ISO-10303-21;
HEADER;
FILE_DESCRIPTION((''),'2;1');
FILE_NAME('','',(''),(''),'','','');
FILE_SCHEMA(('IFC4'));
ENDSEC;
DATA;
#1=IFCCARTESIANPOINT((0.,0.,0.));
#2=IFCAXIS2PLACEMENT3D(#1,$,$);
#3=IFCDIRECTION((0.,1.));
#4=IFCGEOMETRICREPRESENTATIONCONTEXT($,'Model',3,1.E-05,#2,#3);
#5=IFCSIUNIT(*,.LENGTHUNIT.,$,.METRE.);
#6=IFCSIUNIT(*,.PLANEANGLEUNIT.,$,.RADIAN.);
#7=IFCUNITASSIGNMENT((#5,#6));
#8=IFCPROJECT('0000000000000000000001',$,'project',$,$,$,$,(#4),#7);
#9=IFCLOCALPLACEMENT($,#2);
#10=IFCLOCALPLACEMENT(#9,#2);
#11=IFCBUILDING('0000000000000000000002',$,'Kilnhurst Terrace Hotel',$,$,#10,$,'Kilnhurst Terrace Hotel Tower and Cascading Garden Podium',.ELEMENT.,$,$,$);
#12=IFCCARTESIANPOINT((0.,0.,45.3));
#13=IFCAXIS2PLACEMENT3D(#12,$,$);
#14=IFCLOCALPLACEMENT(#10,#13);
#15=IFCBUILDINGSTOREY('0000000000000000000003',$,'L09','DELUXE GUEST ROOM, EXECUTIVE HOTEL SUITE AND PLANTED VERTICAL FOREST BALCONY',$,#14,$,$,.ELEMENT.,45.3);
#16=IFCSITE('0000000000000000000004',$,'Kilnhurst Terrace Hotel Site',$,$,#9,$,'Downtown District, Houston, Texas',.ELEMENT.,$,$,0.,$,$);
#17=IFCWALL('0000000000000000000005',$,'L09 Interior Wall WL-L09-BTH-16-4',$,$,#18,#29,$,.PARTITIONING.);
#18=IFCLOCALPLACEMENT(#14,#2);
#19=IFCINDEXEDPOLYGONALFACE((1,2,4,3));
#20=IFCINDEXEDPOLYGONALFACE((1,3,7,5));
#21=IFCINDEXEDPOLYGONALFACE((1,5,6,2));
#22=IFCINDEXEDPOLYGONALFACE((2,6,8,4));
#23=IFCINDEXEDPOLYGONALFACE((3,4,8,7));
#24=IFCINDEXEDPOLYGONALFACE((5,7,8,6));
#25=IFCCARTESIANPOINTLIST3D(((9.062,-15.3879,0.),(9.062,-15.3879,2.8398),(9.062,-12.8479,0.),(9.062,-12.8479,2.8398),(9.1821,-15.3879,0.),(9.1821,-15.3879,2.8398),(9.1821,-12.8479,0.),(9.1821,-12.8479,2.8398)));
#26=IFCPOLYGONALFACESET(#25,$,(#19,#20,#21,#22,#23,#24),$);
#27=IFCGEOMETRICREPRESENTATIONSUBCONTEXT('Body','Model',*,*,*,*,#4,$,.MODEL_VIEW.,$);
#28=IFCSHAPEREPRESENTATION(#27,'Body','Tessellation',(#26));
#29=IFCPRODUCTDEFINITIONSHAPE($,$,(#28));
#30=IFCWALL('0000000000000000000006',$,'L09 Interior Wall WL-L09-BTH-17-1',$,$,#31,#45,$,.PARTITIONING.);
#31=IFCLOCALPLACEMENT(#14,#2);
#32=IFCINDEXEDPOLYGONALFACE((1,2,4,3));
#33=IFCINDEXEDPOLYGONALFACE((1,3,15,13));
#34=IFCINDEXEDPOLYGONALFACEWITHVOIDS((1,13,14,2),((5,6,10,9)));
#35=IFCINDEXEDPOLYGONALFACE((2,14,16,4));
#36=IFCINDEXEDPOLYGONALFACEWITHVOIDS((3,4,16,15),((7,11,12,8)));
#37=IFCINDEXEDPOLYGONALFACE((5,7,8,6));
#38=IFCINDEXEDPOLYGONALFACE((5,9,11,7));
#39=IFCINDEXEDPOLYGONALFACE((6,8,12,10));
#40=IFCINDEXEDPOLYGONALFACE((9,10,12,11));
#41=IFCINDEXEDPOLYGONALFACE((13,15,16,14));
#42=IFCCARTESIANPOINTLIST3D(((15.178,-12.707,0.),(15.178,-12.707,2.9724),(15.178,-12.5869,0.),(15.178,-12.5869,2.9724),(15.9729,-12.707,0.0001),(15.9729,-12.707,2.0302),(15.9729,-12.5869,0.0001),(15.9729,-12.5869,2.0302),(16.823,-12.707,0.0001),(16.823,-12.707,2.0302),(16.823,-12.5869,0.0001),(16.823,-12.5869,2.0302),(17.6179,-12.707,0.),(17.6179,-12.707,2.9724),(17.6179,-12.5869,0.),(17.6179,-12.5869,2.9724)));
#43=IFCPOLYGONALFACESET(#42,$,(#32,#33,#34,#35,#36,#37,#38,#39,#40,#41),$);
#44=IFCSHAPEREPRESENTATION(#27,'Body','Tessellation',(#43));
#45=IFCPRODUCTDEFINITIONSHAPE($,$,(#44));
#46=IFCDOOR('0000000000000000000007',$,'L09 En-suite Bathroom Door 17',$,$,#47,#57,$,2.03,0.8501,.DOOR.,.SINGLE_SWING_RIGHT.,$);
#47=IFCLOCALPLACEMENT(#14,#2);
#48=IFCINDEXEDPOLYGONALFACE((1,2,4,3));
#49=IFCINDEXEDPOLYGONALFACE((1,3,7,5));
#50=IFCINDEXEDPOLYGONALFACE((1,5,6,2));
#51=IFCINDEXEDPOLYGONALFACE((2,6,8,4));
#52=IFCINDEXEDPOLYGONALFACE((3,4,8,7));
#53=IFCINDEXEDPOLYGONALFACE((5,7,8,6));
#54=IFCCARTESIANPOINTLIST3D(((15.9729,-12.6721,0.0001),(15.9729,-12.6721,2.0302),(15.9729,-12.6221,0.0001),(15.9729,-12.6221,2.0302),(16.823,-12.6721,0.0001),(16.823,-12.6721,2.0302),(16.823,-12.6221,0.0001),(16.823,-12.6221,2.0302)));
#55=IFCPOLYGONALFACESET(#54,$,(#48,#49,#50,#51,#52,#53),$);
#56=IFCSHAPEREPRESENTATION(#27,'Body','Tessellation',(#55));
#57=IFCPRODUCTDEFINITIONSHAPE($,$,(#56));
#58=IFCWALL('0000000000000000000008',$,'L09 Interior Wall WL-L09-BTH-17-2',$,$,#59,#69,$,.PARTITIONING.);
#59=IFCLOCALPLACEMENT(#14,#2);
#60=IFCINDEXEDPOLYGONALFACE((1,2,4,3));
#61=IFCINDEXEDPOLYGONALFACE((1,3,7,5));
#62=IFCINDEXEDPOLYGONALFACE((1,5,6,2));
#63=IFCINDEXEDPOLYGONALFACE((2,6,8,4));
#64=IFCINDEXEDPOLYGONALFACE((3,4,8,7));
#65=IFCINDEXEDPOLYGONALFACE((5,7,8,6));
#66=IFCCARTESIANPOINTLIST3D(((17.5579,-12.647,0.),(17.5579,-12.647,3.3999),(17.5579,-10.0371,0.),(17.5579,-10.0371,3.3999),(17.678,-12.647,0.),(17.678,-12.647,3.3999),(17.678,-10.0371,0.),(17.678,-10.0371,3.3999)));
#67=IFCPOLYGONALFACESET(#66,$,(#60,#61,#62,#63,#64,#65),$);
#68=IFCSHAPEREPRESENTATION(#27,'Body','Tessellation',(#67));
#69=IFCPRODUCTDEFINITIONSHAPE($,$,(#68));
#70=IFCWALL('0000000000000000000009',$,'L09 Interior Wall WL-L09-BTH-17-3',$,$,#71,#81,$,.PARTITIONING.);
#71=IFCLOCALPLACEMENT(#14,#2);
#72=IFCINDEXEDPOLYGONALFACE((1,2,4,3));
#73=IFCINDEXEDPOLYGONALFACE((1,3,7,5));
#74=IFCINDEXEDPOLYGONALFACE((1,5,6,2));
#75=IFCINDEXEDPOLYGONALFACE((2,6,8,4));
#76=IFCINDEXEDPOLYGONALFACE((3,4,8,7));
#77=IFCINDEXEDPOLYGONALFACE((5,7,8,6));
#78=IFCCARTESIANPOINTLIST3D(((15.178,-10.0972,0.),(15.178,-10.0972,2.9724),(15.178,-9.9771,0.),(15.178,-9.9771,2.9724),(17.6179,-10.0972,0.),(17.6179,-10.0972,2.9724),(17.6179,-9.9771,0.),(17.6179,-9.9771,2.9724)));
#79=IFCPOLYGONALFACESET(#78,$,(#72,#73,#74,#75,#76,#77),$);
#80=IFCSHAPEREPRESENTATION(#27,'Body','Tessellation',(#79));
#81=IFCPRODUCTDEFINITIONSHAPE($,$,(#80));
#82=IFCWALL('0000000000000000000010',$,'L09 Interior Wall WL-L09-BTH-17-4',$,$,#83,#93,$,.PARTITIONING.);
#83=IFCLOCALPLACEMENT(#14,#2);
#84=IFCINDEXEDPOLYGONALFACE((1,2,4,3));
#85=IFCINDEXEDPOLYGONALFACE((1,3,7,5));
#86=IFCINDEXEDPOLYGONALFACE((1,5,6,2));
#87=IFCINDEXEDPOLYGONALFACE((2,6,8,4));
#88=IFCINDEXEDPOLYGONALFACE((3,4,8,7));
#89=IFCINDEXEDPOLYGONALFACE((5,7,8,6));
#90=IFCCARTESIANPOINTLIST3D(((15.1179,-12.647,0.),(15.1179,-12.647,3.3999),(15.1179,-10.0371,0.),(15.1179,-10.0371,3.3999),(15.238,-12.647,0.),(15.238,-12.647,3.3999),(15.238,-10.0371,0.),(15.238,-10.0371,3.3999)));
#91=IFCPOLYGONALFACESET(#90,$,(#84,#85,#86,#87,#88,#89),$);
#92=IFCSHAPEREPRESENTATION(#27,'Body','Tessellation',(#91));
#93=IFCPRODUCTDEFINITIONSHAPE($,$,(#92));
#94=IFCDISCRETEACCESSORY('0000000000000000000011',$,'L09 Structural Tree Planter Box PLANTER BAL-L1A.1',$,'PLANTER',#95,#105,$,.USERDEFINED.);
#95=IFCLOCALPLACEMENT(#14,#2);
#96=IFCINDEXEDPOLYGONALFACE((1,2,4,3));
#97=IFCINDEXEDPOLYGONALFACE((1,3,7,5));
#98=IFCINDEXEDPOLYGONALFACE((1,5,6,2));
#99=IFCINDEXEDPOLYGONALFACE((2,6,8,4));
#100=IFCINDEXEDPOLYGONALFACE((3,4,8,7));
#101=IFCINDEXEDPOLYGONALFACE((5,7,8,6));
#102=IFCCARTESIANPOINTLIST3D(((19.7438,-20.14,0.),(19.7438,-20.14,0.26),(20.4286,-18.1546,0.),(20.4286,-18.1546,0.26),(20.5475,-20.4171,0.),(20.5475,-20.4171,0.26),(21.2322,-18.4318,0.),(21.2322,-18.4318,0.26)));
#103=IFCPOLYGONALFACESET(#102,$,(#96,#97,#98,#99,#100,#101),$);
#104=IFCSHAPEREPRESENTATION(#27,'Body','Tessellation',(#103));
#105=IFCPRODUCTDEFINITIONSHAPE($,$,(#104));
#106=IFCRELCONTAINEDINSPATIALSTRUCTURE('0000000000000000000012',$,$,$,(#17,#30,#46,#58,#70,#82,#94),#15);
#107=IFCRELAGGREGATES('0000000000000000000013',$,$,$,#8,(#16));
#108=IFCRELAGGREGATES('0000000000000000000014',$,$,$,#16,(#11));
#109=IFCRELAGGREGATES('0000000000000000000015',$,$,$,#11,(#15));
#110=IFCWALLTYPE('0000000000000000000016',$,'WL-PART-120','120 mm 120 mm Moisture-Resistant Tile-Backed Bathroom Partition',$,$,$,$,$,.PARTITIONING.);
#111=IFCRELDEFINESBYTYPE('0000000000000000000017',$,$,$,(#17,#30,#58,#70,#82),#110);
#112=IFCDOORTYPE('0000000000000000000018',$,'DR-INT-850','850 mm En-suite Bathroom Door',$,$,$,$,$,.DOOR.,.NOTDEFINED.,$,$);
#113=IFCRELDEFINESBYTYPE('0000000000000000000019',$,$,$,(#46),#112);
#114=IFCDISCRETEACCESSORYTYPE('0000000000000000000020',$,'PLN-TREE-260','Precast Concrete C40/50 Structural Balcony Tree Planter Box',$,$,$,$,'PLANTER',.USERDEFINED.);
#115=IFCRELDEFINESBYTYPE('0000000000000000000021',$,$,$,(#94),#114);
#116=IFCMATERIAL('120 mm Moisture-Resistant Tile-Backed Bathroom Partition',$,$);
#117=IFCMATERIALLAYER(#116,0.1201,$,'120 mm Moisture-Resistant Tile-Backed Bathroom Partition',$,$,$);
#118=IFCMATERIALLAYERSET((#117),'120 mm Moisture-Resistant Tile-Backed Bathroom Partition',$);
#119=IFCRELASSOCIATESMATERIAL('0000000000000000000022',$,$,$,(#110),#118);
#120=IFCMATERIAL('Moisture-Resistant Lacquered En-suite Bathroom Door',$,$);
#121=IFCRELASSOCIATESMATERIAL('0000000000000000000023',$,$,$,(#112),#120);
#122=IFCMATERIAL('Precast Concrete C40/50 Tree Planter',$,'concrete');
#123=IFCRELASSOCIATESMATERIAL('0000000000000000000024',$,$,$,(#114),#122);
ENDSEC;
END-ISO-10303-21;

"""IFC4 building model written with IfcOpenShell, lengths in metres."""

from ifc_helpers import new_model, si_unit, direction, frame, frame_2d, origin, origin_2d, place, context, subcontext, project, spatial, rectangle, extrude, material, layer, layer_set, type_object, element, fill, save


model = new_model("IFC4")

# Units and contexts
model_context = context("Model", 3, precision=1e-05, world=origin(), true_north=direction((0.0, 1.0)))
body_context = subcontext(model_context, "Body", "Model", "MODEL_VIEW")
ifc_project = project(units=[si_unit("LENGTHUNIT", "METRE"), si_unit("PLANEANGLEUNIT", "RADIAN")], contexts=[model_context])

# Site, building, storey
site_placement = place(None, origin())
site = spatial("IfcSite", under=ifc_project, at=site_placement, Name="Kilnhurst Terrace Hotel Site", LongName="Downtown District, Houston, Texas", CompositionType="ELEMENT", RefElevation=0.0)
building_placement = place(site_placement, origin())
building = spatial("IfcBuilding", under=site, at=building_placement, Name="Kilnhurst Terrace Hotel", LongName="Kilnhurst Terrace Hotel Tower and Cascading Garden Podium", CompositionType="ELEMENT")
storey_placement = place(building_placement, frame((0.0, 0.0, 45.3)))
storey = spatial("IfcBuildingStorey", under=building, at=storey_placement, Name="L09", Description="DELUXE GUEST ROOM, EXECUTIVE HOTEL SUITE AND PLANTED VERTICAL FOREST BALCONY", CompositionType="ELEMENT", Elevation=45.3)

# Shared definitions
ifc_material_1 = material(Name="120 mm Moisture-Resistant Tile-Backed Bathroom Partition")
ifc_layer_1 = layer(ifc_material_1, 0.1201, Name="120 mm Moisture-Resistant Tile-Backed Bathroom Partition")
ifc_layer_set_1 = layer_set([ifc_layer_1], Name="120 mm Moisture-Resistant Tile-Backed Bathroom Partition")
wall_type_1 = type_object("IfcWallType", Name="WL-PART-120", Description="120 mm 120 mm Moisture-Resistant Tile-Backed Bathroom Partition", PredefinedType="PARTITIONING", material=ifc_layer_set_1)
ifc_material_2 = material(Name="Moisture-Resistant Lacquered En-suite Bathroom Door")
door_type_1 = type_object("IfcDoorType", Name="DR-INT-850", Description="850 mm En-suite Bathroom Door", OperationType="NOTDEFINED", PredefinedType="DOOR", material=ifc_material_2)

# Wall
wall_1_placement = place(storey_placement, frame((9.1221, -12.8479, 0.0), z_axis=(0.0, 0.0, 1.0), x_axis=(0.0, -1.0, 0.0)))
element("IfcWall", 1, at=wall_1_placement, inside=storey, type_object=wall_type_1, Name="L09 Interior Wall WL-L09-BTH-16-4", PredefinedType="PARTITIONING", context=body_context, shape_type="SweptSolid", body=[
    extrude(rectangle(XDim=2.54, YDim=0.1201, at=frame_2d((1.27, 0.0))), origin(), (0.0, 0.0, 1.0), 2.8398),
])

# Wall, opening, door
wall_2_placement = place(storey_placement, frame((15.178, -12.647, 0.0), z_axis=(0.0, 0.0, 1.0), x_axis=(1.0, 0.0, 0.0)))
wall_2 = element("IfcWall", 2, at=wall_2_placement, inside=storey, type_object=wall_type_1, Name="L09 Interior Wall WL-L09-BTH-17-1", PredefinedType="PARTITIONING", context=body_context, shape_type="SweptSolid", body=[
    extrude(rectangle(XDim=2.4399, YDim=0.1201, at=frame_2d((1.22, 0.0))), origin(), (0.0, 0.0, 1.0), 2.9724),
])
opening_1_placement = place(wall_2_placement, frame((0.7949, 0.0, 0.0)))
opening_1 = element("IfcOpeningElement", 3, at=opening_1_placement, cuts=wall_2, PredefinedType="OPENING", context=body_context, shape_type="SweptSolid", body=[
    extrude(rectangle(XDim=0.8501, YDim=2.03, at=frame_2d((0.425, 1.0151))), frame((0.0, 0.0701, 0.0), z_axis=(0.0, -1.0, 0.0), x_axis=(1.0, 0.0, 0.0)), (0.0, 0.0, 1.0), 0.1401),
])
door_1_placement = place(opening_1_placement, origin())
door_1 = element("IfcDoor", 4, at=door_1_placement, inside=storey, type_object=door_type_1, Name="L09 En-suite Bathroom Door 17", OperationType="SINGLE_SWING_RIGHT", OverallHeight=2.03, OverallWidth=0.8501, PredefinedType="DOOR", context=body_context, shape_type="SweptSolid", body=[
    extrude(rectangle(XDim=0.8501, YDim=2.03, at=frame_2d((0.425, 1.0151))), frame((0.0, 0.0249, 0.0), z_axis=(0.0, -1.0, 0.0), x_axis=(1.0, 0.0, 0.0)), (0.0, 0.0, 1.0), 0.05),
])
fill(opening_1, door_1)

# Walls
wall_3_placement = place(storey_placement, frame((17.6179, -12.647, 0.0), z_axis=(0.0, 0.0, 1.0), x_axis=(0.0, 1.0, 0.0)))
element("IfcWall", 5, at=wall_3_placement, inside=storey, type_object=wall_type_1, Name="L09 Interior Wall WL-L09-BTH-17-2", PredefinedType="PARTITIONING", context=body_context, shape_type="SweptSolid", body=[
    extrude(rectangle(XDim=2.6099, YDim=0.1201, at=frame_2d((1.3049, 0.0))), origin(), (0.0, 0.0, 1.0), 3.3999),
])
wall_4_placement = place(storey_placement, frame((17.6179, -10.0371, 0.0), z_axis=(0.0, 0.0, 1.0), x_axis=(-1.0, 0.0, 0.0)))
element("IfcWall", 6, at=wall_4_placement, inside=storey, type_object=wall_type_1, Name="L09 Interior Wall WL-L09-BTH-17-3", PredefinedType="PARTITIONING", context=body_context, shape_type="SweptSolid", body=[
    extrude(rectangle(XDim=2.4399, YDim=0.1201, at=frame_2d((1.22, 0.0))), origin(), (0.0, 0.0, 1.0), 2.9724),
])
wall_5_placement = place(storey_placement, frame((15.178, -10.0371, 0.0), z_axis=(0.0, 0.0, 1.0), x_axis=(0.0, -1.0, 0.0)))
element("IfcWall", 7, at=wall_5_placement, inside=storey, type_object=wall_type_1, Name="L09 Interior Wall WL-L09-BTH-17-4", PredefinedType="PARTITIONING", context=body_context, shape_type="SweptSolid", body=[
    extrude(rectangle(XDim=2.6099, YDim=0.1201, at=frame_2d((1.3049, 0.0))), origin(), (0.0, 0.0, 1.0), 3.3999),
])

# Discrete accessory
ifc_material_3 = material(Name="Precast Concrete C40/50 Tree Planter", Category="concrete")
discrete_accessory_type = type_object("IfcDiscreteAccessoryType", Name="PLN-TREE-260", Description="Precast Concrete C40/50 Structural Balcony Tree Planter Box", ElementType="PLANTER", PredefinedType="USERDEFINED", material=ifc_material_3)
discrete_accessory_placement = place(storey_placement, frame((20.488, -19.2859, 0.0), z_axis=(0.0, 0.0, 1.0), x_axis=(0.326063, 0.945348, 0.0)))
element("IfcDiscreteAccessory", 8, at=discrete_accessory_placement, inside=storey, type_object=discrete_accessory_type, Name="L09 Structural Tree Planter Box PLANTER BAL-L1A.1", ObjectType="PLANTER", PredefinedType="USERDEFINED", context=body_context, shape_type="SweptSolid", body=[
    extrude(rectangle(XDim=2.1001, YDim=0.8501, at=origin_2d()), origin(), (0.0, 0.0, 1.0), 0.26),
])

save(model, "model.ifc")
